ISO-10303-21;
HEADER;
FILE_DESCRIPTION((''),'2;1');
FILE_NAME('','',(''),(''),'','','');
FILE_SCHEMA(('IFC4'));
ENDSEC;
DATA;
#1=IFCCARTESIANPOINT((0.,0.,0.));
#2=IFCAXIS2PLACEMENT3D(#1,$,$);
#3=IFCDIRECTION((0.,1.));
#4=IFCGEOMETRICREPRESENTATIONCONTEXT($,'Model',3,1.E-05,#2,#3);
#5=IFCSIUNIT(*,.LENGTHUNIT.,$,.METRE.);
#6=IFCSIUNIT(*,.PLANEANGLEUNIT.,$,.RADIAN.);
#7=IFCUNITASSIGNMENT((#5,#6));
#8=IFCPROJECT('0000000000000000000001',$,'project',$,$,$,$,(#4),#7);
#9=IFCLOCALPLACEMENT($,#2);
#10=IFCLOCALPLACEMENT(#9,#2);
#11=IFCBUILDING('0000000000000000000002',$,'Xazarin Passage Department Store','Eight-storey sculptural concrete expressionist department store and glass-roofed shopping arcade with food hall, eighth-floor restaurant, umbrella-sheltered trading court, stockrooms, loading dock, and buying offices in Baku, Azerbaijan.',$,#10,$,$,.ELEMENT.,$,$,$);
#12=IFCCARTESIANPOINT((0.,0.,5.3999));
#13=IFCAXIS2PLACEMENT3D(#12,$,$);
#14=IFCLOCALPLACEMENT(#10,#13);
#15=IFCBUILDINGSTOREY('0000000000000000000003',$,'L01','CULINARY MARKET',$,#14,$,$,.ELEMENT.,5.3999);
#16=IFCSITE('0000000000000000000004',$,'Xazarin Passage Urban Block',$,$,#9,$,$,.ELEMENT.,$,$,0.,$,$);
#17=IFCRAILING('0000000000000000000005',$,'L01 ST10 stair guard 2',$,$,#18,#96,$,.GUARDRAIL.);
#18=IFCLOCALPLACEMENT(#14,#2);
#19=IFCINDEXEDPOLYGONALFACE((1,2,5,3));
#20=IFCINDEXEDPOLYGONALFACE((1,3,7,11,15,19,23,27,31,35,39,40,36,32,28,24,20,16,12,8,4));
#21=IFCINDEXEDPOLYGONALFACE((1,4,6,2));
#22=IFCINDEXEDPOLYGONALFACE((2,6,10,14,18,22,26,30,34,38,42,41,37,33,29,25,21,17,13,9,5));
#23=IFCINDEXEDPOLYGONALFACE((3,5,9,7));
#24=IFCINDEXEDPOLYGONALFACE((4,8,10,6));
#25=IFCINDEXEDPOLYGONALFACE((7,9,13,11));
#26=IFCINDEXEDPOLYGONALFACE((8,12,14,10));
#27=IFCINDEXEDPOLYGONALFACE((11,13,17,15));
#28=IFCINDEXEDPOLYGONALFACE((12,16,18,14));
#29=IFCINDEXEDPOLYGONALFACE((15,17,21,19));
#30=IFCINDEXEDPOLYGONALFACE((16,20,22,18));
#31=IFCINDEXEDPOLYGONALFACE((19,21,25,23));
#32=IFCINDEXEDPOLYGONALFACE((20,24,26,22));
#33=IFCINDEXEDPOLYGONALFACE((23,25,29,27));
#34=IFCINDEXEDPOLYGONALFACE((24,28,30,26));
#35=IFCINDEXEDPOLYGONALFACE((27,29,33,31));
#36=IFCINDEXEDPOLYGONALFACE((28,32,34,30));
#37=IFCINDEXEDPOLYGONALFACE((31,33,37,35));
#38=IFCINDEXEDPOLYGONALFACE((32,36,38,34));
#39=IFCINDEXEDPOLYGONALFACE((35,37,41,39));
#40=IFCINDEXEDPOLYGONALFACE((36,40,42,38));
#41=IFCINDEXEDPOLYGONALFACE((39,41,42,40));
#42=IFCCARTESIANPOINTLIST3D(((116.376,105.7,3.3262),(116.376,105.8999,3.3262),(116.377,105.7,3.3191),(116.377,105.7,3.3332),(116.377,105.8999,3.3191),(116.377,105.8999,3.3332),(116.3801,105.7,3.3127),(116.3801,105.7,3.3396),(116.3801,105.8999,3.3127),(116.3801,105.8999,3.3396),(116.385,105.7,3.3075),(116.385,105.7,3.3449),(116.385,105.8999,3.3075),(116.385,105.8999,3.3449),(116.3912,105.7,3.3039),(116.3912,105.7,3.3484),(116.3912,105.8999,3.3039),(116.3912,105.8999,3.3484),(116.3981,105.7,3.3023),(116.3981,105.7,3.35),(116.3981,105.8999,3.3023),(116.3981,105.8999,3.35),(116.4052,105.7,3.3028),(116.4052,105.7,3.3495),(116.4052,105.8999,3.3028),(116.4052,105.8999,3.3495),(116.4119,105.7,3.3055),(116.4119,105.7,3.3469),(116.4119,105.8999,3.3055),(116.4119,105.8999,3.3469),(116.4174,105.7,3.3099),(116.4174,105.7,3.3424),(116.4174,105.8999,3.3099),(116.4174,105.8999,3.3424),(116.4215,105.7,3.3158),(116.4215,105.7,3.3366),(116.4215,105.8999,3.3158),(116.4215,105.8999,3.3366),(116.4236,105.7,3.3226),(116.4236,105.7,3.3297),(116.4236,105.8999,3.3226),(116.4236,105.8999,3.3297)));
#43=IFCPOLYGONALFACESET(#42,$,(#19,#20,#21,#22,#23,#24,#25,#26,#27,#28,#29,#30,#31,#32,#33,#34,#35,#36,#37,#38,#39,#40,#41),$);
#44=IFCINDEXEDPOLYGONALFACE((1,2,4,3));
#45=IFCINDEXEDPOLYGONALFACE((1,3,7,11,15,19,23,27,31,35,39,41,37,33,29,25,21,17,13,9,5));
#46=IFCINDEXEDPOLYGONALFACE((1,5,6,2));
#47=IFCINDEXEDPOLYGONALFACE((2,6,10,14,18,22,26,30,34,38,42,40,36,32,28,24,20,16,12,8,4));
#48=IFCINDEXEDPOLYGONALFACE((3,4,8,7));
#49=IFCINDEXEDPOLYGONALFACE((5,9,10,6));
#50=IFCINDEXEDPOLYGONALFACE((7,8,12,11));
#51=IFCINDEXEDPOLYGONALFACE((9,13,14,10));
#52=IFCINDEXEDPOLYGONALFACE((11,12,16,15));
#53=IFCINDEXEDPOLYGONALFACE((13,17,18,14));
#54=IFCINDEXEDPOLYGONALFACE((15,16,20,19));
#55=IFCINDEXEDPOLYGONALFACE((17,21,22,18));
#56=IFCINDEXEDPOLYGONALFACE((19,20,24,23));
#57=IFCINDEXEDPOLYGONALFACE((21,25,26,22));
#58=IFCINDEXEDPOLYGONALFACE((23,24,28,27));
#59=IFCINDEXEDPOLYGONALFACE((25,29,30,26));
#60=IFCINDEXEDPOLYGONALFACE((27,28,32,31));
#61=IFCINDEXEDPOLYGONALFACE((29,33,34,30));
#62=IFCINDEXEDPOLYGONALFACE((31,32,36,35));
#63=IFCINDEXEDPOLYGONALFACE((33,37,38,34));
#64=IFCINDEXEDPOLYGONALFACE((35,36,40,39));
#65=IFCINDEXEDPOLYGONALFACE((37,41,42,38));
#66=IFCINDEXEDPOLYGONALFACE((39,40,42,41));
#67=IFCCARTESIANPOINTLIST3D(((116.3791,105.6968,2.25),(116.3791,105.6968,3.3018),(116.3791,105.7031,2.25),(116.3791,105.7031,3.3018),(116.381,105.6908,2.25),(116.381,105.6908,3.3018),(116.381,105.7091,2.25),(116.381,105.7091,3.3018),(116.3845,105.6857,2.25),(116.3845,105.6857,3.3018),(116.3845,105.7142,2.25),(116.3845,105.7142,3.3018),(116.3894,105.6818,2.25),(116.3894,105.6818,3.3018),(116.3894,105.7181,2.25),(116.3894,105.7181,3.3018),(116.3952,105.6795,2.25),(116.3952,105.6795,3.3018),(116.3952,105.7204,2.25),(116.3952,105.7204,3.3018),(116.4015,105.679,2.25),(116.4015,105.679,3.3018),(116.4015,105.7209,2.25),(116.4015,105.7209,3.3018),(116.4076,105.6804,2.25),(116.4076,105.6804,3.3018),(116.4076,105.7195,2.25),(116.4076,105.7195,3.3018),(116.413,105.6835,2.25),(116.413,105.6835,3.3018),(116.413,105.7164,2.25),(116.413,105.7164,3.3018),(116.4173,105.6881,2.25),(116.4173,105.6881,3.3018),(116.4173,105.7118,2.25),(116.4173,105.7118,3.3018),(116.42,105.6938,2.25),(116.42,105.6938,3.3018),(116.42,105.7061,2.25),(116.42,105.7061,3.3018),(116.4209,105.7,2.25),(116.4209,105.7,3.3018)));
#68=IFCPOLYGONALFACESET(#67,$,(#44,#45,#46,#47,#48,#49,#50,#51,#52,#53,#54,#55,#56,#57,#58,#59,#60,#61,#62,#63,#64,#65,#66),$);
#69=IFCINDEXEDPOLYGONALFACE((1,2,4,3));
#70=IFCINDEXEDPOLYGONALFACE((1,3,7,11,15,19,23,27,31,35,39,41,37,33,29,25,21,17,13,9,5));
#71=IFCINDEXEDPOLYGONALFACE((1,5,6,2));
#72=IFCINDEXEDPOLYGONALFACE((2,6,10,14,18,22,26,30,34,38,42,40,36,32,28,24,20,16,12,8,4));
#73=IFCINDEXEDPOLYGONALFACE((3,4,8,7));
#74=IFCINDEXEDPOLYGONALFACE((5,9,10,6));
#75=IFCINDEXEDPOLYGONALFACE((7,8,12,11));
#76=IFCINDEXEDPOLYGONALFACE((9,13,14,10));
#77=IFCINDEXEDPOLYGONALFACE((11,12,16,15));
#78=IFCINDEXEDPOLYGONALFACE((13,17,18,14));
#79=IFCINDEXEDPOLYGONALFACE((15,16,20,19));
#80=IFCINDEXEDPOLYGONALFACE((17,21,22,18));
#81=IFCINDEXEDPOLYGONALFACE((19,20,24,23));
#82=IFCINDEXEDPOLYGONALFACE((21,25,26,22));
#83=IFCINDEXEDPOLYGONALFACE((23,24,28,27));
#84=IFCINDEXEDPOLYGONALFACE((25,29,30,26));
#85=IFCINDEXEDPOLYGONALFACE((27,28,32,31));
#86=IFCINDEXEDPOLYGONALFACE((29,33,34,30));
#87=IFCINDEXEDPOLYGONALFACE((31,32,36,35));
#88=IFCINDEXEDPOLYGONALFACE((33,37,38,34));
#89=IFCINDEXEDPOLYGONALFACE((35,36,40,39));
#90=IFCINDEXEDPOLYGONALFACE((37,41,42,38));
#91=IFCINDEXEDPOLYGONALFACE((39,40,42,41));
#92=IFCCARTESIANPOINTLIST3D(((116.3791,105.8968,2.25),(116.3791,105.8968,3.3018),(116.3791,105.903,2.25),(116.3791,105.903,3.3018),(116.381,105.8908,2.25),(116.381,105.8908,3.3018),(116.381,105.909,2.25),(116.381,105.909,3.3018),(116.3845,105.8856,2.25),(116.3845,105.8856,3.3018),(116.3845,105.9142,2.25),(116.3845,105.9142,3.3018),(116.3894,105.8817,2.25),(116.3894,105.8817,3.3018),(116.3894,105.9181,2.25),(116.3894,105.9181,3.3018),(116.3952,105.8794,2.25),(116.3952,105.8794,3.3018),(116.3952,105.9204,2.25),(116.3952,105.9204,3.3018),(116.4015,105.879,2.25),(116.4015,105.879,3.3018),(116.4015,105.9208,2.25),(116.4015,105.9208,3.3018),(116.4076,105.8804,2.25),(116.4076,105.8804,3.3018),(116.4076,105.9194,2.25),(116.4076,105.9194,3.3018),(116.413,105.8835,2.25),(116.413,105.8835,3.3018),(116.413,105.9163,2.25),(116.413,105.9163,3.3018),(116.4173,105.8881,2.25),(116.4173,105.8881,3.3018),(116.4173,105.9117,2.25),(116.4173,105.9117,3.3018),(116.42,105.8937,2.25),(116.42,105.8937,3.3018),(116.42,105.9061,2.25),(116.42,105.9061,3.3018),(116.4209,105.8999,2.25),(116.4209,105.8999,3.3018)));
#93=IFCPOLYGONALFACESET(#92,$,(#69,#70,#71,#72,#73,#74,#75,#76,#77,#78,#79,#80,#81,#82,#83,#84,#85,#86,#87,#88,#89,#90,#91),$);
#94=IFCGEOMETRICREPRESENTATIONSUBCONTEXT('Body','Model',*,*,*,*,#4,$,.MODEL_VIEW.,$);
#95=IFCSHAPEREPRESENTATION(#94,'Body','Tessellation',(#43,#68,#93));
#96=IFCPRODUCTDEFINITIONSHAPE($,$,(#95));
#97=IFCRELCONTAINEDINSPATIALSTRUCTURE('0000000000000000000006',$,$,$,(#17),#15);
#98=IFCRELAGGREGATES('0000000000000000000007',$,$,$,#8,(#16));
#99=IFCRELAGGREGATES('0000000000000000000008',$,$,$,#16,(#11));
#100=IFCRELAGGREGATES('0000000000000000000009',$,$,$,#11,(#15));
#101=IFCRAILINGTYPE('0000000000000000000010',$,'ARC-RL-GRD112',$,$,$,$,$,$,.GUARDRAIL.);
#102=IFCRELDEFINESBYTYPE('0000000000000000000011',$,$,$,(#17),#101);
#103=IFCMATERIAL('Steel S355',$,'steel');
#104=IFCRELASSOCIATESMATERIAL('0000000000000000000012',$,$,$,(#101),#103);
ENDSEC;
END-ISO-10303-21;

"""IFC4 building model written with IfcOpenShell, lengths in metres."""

from ifc_helpers import new_model, si_unit, direction, frame, origin, origin_2d, place, context, subcontext, project, spatial, circle, extrude, material, type_object, element, save


model = new_model("IFC4")

# Units and contexts
model_context = context("Model", 3, precision=1e-05, world=origin(), true_north=direction((0.0, 1.0)))
body_context = subcontext(model_context, "Body", "Model", "MODEL_VIEW")
ifc_project = project(units=[si_unit("LENGTHUNIT", "METRE"), si_unit("PLANEANGLEUNIT", "RADIAN")], contexts=[model_context])

# Site, building, storey
site_placement = place(None, origin())
site = spatial("IfcSite", under=ifc_project, at=site_placement, Name="Xazarin Passage Urban Block", CompositionType="ELEMENT", RefElevation=0.0)
building_placement = place(site_placement, origin())
building = spatial("IfcBuilding", under=site, at=building_placement, Name="Xazarin Passage Department Store", Description="Eight-storey sculptural concrete expressionist department store and glass-roofed shopping arcade with food hall, eighth-floor restaurant, umbrella-sheltered trading court, stockrooms, loading dock, and buying offices in Baku, Azerbaijan.", CompositionType="ELEMENT")
storey_placement = place(building_placement, frame((0.0, 0.0, 5.3999)))
storey = spatial("IfcBuildingStorey", under=building, at=storey_placement, Name="L01", Description="CULINARY MARKET", CompositionType="ELEMENT", Elevation=5.3999)

# Shared definitions
ifc_material_1 = material(Name="Steel S355", Category="steel")

# Railing
railing_type_1 = type_object("IfcRailingType", Name="ARC-RL-GRD112", PredefinedType="GUARDRAIL", material=ifc_material_1)
railing_1_placement = place(storey_placement, frame((116.3999, 105.7, 2.25)))
element("IfcRailing", 1, at=railing_1_placement, inside=storey, type_object=railing_type_1, Name="L01 ST10 stair guard 2", PredefinedType="GUARDRAIL", context=body_context, shape_type="SweptSolid", body=[
    extrude(circle(Radius=0.0239, at=origin_2d()), frame((0.0, 0.0, 1.0762), z_axis=(0.0, 1.0, 0.0), x_axis=(-1.0, 0.0, 0.0)), (0.0, 0.0, 1.0), 0.2),
    extrude(circle(Radius=0.021, at=origin_2d()), origin(), (0.0, 0.0, 1.0), 1.0518),
    extrude(circle(Radius=0.021, at=origin_2d()), frame((0.0, 0.2, 0.0)), (0.0, 0.0, 1.0), 1.0518),
])

save(model, "model.ifc")
